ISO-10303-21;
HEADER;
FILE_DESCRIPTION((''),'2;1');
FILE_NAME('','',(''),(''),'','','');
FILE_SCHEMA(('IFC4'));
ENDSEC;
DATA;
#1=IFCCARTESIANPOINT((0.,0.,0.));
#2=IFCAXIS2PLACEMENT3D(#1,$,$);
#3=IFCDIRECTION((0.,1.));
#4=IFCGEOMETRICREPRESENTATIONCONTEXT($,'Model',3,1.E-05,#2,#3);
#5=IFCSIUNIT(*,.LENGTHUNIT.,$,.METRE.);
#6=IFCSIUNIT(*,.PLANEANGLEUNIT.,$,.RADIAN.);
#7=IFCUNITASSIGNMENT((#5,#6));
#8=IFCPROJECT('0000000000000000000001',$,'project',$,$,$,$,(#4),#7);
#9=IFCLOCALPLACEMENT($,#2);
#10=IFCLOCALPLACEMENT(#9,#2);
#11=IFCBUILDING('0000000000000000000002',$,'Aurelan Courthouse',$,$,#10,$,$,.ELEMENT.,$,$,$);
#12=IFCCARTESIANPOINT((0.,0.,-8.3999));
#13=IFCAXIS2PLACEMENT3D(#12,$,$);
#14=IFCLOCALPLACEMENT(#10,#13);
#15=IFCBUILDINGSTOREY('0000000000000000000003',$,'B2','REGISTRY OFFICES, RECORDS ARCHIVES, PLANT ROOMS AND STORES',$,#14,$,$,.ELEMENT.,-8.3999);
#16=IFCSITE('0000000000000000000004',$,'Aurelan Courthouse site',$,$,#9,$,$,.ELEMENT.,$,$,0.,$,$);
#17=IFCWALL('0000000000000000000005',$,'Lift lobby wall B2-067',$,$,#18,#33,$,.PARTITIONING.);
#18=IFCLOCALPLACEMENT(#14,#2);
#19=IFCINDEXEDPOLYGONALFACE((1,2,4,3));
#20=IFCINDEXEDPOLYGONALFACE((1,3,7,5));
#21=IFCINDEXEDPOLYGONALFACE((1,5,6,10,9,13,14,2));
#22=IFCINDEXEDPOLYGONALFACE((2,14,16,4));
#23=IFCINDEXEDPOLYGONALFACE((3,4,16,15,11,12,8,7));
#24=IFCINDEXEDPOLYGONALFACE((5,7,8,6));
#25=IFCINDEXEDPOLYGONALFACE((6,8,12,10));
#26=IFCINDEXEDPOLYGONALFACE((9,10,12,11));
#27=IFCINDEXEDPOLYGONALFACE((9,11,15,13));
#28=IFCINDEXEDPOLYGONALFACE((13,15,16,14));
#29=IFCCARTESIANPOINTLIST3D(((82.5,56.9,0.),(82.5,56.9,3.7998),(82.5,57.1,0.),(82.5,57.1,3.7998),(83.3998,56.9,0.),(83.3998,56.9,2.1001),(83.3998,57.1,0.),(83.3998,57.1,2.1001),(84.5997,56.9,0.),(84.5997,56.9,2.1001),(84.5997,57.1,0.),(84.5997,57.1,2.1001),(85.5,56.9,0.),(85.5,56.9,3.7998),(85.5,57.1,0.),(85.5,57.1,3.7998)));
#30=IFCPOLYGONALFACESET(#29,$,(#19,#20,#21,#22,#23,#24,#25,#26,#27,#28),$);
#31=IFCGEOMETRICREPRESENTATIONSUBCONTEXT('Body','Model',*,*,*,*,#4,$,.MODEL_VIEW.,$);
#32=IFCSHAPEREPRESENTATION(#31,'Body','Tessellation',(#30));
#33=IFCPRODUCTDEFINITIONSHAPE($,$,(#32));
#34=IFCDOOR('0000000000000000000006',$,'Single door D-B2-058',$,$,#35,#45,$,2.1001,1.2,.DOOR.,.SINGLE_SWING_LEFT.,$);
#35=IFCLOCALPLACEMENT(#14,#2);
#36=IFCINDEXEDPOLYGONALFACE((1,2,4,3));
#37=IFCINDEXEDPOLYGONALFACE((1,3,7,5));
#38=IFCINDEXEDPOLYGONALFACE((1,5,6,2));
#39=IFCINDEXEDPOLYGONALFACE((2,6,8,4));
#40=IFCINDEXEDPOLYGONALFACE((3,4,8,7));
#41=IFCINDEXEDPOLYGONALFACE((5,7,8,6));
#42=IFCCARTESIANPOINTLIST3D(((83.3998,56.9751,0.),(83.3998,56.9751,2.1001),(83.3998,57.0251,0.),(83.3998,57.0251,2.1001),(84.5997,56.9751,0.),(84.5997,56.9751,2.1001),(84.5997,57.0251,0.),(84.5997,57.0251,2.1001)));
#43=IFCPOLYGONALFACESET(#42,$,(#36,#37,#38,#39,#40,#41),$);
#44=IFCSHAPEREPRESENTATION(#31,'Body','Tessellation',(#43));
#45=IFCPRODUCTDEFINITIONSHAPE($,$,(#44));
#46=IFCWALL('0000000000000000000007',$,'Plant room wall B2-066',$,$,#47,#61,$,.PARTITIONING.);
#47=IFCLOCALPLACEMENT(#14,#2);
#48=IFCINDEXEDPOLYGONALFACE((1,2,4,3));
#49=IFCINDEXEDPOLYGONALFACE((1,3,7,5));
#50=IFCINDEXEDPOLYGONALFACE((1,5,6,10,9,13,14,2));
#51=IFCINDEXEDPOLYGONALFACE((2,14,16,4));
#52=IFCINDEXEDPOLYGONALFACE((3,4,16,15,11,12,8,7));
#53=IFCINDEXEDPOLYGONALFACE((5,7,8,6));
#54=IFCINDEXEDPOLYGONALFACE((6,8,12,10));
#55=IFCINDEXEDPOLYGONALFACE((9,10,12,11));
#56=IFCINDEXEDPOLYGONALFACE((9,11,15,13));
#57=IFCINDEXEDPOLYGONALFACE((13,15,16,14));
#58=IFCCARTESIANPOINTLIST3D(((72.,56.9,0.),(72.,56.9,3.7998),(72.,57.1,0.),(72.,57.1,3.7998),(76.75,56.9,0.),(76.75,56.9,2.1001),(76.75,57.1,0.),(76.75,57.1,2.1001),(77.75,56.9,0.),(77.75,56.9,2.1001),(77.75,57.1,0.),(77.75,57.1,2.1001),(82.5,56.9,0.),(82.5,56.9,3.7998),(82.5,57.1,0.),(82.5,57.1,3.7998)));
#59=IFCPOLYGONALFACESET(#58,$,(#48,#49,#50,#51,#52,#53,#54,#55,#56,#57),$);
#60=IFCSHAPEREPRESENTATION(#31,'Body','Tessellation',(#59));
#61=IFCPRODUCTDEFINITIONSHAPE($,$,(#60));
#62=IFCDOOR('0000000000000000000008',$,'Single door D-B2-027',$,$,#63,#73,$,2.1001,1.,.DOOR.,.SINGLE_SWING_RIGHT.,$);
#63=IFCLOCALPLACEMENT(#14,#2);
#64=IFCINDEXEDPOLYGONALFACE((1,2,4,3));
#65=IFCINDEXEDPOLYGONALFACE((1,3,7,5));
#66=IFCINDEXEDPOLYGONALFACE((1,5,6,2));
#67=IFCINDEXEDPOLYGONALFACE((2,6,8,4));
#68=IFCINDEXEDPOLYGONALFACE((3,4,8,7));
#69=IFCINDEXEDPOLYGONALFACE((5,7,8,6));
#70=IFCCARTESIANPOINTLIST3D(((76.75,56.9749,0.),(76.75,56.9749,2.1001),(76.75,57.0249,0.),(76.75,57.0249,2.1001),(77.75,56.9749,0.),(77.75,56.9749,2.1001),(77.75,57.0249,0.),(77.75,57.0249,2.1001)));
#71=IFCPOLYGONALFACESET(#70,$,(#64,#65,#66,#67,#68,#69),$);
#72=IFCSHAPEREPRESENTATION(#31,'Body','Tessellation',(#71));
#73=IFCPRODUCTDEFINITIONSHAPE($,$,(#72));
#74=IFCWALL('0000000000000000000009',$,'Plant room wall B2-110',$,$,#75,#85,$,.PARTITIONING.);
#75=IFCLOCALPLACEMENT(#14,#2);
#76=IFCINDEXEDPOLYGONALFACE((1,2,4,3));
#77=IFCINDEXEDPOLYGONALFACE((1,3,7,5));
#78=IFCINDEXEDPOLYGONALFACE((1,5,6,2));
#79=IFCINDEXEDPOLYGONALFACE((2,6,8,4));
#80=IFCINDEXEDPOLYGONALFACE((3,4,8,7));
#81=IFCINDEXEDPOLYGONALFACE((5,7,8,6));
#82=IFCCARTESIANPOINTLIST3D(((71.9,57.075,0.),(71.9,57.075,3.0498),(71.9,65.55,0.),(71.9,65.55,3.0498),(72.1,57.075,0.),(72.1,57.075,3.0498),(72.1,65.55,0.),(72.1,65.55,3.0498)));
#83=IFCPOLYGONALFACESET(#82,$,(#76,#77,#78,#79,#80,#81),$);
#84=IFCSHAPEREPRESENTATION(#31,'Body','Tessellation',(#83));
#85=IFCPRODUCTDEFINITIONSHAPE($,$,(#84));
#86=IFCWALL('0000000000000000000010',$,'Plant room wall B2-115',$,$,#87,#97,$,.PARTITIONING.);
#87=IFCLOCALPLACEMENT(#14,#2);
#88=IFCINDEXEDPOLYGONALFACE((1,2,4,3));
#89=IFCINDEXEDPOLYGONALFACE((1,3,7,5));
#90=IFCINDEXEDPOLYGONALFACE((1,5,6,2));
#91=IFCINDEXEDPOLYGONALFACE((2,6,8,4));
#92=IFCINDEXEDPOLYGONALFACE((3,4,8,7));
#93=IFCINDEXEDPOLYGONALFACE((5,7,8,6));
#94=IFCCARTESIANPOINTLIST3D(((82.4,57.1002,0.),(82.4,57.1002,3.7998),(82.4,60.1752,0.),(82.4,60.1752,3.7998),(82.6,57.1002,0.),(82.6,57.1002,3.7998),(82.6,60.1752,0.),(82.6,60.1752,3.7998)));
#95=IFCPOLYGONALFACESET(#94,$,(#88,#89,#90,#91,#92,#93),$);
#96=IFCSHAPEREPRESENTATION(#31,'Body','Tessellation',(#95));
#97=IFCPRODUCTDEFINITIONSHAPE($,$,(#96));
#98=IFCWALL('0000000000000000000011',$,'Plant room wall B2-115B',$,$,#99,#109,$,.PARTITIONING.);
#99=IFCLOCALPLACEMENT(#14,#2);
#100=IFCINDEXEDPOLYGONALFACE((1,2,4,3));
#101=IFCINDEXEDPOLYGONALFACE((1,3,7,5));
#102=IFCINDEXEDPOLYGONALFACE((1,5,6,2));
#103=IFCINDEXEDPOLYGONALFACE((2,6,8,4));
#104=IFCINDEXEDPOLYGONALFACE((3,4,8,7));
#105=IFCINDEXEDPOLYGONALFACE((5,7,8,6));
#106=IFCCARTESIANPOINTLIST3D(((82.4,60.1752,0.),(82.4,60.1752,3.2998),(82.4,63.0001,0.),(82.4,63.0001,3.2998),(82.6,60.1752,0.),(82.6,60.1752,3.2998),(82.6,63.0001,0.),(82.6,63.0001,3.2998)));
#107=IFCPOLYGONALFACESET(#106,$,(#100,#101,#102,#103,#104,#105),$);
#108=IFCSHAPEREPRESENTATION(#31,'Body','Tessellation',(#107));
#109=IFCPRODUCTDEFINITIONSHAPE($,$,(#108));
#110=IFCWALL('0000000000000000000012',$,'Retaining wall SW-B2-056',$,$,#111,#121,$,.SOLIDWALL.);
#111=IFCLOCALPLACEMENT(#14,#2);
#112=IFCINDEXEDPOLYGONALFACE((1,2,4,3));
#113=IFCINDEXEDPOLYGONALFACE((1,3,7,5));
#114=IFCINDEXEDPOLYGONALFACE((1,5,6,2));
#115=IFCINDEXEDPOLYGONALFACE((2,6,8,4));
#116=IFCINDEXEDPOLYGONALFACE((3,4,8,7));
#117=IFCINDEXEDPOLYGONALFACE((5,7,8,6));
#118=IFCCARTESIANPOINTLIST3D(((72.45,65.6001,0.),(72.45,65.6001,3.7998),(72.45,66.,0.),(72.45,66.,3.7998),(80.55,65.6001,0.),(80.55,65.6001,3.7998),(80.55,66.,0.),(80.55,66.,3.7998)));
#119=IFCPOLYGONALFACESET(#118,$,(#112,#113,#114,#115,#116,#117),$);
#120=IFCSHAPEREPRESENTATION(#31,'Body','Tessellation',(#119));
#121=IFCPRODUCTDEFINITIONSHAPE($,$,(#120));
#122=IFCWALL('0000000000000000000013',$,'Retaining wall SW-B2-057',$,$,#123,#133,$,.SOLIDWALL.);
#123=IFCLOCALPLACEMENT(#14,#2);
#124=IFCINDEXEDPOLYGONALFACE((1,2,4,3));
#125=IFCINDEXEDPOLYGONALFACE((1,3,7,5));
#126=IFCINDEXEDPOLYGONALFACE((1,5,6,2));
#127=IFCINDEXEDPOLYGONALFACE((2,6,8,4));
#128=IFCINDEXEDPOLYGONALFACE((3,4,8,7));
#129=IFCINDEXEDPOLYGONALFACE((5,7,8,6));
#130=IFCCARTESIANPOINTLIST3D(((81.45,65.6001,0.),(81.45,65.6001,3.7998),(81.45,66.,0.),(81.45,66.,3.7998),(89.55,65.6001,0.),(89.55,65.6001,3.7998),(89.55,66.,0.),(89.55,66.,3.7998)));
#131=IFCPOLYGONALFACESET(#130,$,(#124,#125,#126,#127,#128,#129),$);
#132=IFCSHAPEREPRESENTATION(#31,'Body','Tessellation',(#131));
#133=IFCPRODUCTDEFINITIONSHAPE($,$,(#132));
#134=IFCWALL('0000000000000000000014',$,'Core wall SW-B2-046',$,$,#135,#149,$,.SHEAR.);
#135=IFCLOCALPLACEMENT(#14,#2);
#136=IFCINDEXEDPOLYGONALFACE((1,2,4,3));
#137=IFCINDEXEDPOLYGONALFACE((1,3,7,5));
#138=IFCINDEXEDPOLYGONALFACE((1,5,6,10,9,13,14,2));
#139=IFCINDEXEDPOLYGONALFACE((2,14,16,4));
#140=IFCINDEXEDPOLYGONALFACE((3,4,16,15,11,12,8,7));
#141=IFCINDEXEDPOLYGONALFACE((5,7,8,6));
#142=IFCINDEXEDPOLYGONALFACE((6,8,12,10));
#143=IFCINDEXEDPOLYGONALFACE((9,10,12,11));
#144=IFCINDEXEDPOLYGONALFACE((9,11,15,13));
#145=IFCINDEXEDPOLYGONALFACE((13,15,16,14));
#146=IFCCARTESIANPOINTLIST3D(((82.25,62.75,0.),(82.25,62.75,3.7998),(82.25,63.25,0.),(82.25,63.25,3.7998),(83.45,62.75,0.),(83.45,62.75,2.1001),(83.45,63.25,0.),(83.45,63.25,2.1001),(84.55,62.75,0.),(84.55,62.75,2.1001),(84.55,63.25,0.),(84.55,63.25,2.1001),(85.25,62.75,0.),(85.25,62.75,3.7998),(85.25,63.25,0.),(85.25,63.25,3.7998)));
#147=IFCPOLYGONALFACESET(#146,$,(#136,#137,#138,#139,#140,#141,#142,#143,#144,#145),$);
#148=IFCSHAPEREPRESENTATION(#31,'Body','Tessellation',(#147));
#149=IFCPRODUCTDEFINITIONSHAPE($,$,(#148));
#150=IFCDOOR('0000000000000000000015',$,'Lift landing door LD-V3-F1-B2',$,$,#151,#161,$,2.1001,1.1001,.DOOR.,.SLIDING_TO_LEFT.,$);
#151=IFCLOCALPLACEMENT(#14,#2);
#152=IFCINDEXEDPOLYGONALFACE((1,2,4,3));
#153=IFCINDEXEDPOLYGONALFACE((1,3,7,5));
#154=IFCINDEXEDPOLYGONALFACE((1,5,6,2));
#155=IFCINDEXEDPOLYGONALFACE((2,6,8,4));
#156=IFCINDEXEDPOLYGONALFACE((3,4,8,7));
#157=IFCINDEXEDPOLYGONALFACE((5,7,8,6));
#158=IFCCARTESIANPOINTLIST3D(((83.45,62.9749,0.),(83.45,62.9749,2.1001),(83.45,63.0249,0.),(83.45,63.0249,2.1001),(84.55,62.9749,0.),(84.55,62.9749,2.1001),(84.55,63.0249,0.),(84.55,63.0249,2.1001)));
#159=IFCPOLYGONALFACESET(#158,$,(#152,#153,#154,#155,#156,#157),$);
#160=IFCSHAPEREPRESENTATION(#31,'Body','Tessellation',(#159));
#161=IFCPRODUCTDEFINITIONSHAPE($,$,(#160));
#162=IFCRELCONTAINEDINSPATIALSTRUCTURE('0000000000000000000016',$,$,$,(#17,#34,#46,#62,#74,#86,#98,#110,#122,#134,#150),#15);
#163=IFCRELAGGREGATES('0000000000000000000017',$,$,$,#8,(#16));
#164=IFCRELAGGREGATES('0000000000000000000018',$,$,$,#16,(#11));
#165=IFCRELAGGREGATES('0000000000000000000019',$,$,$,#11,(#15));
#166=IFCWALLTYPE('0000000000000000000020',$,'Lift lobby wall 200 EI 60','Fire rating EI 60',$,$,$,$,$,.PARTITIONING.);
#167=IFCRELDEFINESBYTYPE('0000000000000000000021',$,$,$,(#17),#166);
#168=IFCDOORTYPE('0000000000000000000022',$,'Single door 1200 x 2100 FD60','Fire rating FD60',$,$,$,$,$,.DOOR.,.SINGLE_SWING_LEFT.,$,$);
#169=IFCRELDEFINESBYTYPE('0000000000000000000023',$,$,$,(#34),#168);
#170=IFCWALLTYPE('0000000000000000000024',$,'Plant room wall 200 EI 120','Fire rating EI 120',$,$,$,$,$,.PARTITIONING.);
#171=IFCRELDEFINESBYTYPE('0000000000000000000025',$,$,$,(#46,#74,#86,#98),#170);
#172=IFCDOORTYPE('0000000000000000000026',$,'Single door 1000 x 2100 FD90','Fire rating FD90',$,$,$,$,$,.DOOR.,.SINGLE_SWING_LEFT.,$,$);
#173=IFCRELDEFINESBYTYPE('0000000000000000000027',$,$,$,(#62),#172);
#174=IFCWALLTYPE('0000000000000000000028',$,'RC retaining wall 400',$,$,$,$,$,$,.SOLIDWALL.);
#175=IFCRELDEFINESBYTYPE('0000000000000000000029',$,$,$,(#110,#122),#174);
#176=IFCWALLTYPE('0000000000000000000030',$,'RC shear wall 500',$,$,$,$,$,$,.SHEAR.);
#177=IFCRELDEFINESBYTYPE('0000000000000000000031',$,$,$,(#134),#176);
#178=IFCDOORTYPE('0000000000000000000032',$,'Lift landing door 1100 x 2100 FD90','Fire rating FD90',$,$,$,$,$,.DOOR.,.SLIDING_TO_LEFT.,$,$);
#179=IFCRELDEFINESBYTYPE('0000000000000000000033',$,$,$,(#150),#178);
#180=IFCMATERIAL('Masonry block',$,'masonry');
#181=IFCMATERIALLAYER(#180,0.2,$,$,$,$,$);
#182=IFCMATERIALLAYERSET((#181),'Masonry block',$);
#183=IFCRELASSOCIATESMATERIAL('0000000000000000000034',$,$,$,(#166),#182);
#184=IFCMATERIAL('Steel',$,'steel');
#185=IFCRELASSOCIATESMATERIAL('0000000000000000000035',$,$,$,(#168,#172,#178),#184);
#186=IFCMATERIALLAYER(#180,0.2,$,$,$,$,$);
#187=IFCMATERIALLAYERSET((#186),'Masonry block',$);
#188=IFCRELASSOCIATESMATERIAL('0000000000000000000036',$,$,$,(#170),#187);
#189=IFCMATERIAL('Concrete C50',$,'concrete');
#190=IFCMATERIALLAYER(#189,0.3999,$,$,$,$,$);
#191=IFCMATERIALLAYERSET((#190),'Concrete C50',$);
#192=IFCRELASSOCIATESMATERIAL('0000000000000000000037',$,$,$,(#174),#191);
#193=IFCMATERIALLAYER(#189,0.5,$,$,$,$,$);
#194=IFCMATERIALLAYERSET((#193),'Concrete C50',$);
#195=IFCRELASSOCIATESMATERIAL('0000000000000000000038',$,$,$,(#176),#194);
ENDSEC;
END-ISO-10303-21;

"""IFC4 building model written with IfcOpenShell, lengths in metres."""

from ifc_helpers import new_model, si_unit, direction, frame, frame_2d, origin, place, context, subcontext, project, spatial, rectangle, extrude, material, layer, layer_set, type_object, element, fill, save


model = new_model("IFC4")

# Units and contexts
model_context = context("Model", 3, precision=1e-05, world=origin(), true_north=direction((0.0, 1.0)))
body_context = subcontext(model_context, "Body", "Model", "MODEL_VIEW")
ifc_project = project(units=[si_unit("LENGTHUNIT", "METRE"), si_unit("PLANEANGLEUNIT", "RADIAN")], contexts=[model_context])

# Site, building, storey
site_placement = place(None, origin())
site = spatial("IfcSite", under=ifc_project, at=site_placement, Name="Aurelan Courthouse site", CompositionType="ELEMENT", RefElevation=0.0)
building_placement = place(site_placement, origin())
building = spatial("IfcBuilding", under=site, at=building_placement, Name="Aurelan Courthouse", CompositionType="ELEMENT")
storey_placement = place(building_placement, frame((0.0, 0.0, -8.3999)))
storey = spatial("IfcBuildingStorey", under=building, at=storey_placement, Name="B2", Description="REGISTRY OFFICES, RECORDS ARCHIVES, PLANT ROOMS AND STORES", CompositionType="ELEMENT", Elevation=-8.3999)

# Shared definitions
ifc_material_1 = material(Name="Concrete C50", Category="concrete")

# Walls, openings, doors
ifc_material_2 = material(Name="Masonry block", Category="masonry")
ifc_layer_1 = layer(ifc_material_2, 0.2)
ifc_layer_set_1 = layer_set([ifc_layer_1], Name="Masonry block")
wall_type_1 = type_object("IfcWallType", Name="Lift lobby wall 200 EI 60", Description="Fire rating EI 60", PredefinedType="PARTITIONING", material=ifc_layer_set_1)
wall_1_placement = place(storey_placement, frame((82.5, 57.0, 0.0), z_axis=(0.0, 0.0, 1.0), x_axis=(1.0, 0.0, 0.0)))
wall_1 = element("IfcWall", 1, at=wall_1_placement, inside=storey, type_object=wall_type_1, Name="Lift lobby wall B2-067", PredefinedType="PARTITIONING", context=body_context, shape_type="SweptSolid", body=[
    extrude(rectangle(XDim=3.0, YDim=0.2, at=frame_2d((1.5, 0.0))), origin(), (0.0, 0.0, 1.0), 3.7998),
])
opening_1_placement = place(wall_1_placement, frame((2.0999, 0.0, 0.0), z_axis=(0.0, 0.0, 1.0), x_axis=(-1.0, 0.0, 0.0)))
opening_1 = element("IfcOpeningElement", 2, at=opening_1_placement, cuts=wall_1, PredefinedType="OPENING", context=body_context, shape_type="SweptSolid", body=[
    extrude(rectangle(XDim=1.2, YDim=2.1001, at=frame_2d((0.6001, 1.05))), frame((0.0, 0.1099, 0.0), z_axis=(0.0, -1.0, 0.0), x_axis=(1.0, 0.0, 0.0)), (0.0, 0.0, 1.0), 0.22),
])
ifc_material_3 = material(Name="Steel", Category="steel")
door_type_1 = type_object("IfcDoorType", Name="Single door 1200 x 2100 FD60", Description="Fire rating FD60", OperationType="SINGLE_SWING_LEFT", PredefinedType="DOOR", material=ifc_material_3)
door_1_placement = place(opening_1_placement, origin())
door_1 = element("IfcDoor", 3, at=door_1_placement, inside=storey, type_object=door_type_1, Name="Single door D-B2-058", OperationType="SINGLE_SWING_LEFT", OverallHeight=2.1001, OverallWidth=1.2, PredefinedType="DOOR", context=body_context, shape_type="SweptSolid", body=[
    extrude(rectangle(XDim=1.2, YDim=2.1001, at=frame_2d((0.6001, 1.05))), frame((0.0, 0.0249, 0.0), z_axis=(0.0, -1.0, 0.0), x_axis=(1.0, 0.0, 0.0)), (0.0, 0.0, 1.0), 0.05),
])
fill(opening_1, door_1)
ifc_layer_2 = layer(ifc_material_2, 0.2)
ifc_layer_set_2 = layer_set([ifc_layer_2], Name="Masonry block")
wall_type_2 = type_object("IfcWallType", Name="Plant room wall 200 EI 120", Description="Fire rating EI 120", PredefinedType="PARTITIONING", material=ifc_layer_set_2)
wall_2_placement = place(storey_placement, frame((72.0, 57.0, 0.0), z_axis=(0.0, 0.0, 1.0), x_axis=(1.0, 0.0, 0.0)))
wall_2 = element("IfcWall", 4, at=wall_2_placement, inside=storey, type_object=wall_type_2, Name="Plant room wall B2-066", PredefinedType="PARTITIONING", context=body_context, shape_type="SweptSolid", body=[
    extrude(rectangle(XDim=10.5, YDim=0.2, at=frame_2d((5.25, 0.0))), origin(), (0.0, 0.0, 1.0), 3.7998),
])
opening_2_placement = place(wall_2_placement, frame((4.75, 0.0, 0.0)))
opening_2 = element("IfcOpeningElement", 5, at=opening_2_placement, cuts=wall_2, PredefinedType="OPENING", context=body_context, shape_type="SweptSolid", body=[
    extrude(rectangle(XDim=1.0, YDim=2.1001, at=frame_2d((0.5, 1.05))), frame((0.0, 0.1099, 0.0), z_axis=(0.0, -1.0, 0.0), x_axis=(1.0, 0.0, 0.0)), (0.0, 0.0, 1.0), 0.22),
])
door_type_2 = type_object("IfcDoorType", Name="Single door 1000 x 2100 FD90", Description="Fire rating FD90", OperationType="SINGLE_SWING_LEFT", PredefinedType="DOOR", material=ifc_material_3)
door_2_placement = place(opening_2_placement, origin())
door_2 = element("IfcDoor", 6, at=door_2_placement, inside=storey, type_object=door_type_2, Name="Single door D-B2-027", OperationType="SINGLE_SWING_RIGHT", OverallHeight=2.1001, OverallWidth=1.0, PredefinedType="DOOR", context=body_context, shape_type="SweptSolid", body=[
    extrude(rectangle(XDim=1.0, YDim=2.1001, at=frame_2d((0.5, 1.05))), frame((0.0, 0.0249, 0.0), z_axis=(0.0, -1.0, 0.0), x_axis=(1.0, 0.0, 0.0)), (0.0, 0.0, 1.0), 0.05),
])
fill(opening_2, door_2)

# Walls
wall_3_placement = place(storey_placement, frame((72.0, 57.075, 0.0), z_axis=(0.0, 0.0, 1.0), x_axis=(0.0, 1.0, 0.0)))
element("IfcWall", 7, at=wall_3_placement, inside=storey, type_object=wall_type_2, Name="Plant room wall B2-110", PredefinedType="PARTITIONING", context=body_context, shape_type="SweptSolid", body=[
    extrude(rectangle(XDim=8.4751, YDim=0.2, at=frame_2d((4.2375, 0.0))), origin(), (0.0, 0.0, 1.0), 3.0498),
])
wall_4_placement = place(storey_placement, frame((82.5, 57.1001, 0.0), z_axis=(0.0, 0.0, 1.0), x_axis=(0.0, 1.0, 0.0)))
element("IfcWall", 8, at=wall_4_placement, inside=storey, type_object=wall_type_2, Name="Plant room wall B2-115", PredefinedType="PARTITIONING", context=body_context, shape_type="SweptSolid", body=[
    extrude(rectangle(XDim=3.075, YDim=0.2, at=frame_2d((1.5376, 0.0))), origin(), (0.0, 0.0, 1.0), 3.7998),
])
wall_5_placement = place(storey_placement, frame((82.5, 60.175, 0.0), z_axis=(0.0, 0.0, 1.0), x_axis=(0.0, 1.0, 0.0)))
element("IfcWall", 9, at=wall_5_placement, inside=storey, type_object=wall_type_2, Name="Plant room wall B2-115B", PredefinedType="PARTITIONING", context=body_context, shape_type="SweptSolid", body=[
    extrude(rectangle(XDim=2.825, YDim=0.2, at=frame_2d((1.4126, 0.0))), origin(), (0.0, 0.0, 1.0), 3.2998),
])
ifc_layer_3 = layer(ifc_material_1, 0.3999)
ifc_layer_set_3 = layer_set([ifc_layer_3], Name="Concrete C50")
wall_type_3 = type_object("IfcWallType", Name="RC retaining wall 400", PredefinedType="SOLIDWALL", material=ifc_layer_set_3)
for number, where, z_axis, x_axis, name in (
    (10, (72.45, 65.8, 0.0), (0.0, 0.0, 1.0), (1.0, 0.0, 0.0), "Retaining wall SW-B2-056"),
    (11, (81.45, 65.8, 0.0), (0.0, 0.0, 1.0), (1.0, 0.0, 0.0), "Retaining wall SW-B2-057"),
):
    element("IfcWall", number, at=place(storey_placement, frame(where, z_axis=z_axis, x_axis=x_axis)), inside=storey, type_object=wall_type_3, Name=name, PredefinedType="SOLIDWALL", context=body_context, shape_type="SweptSolid", body=[
        extrude(rectangle(XDim=8.1001, YDim=0.3999, at=frame_2d((4.05, 0.0))), origin(), (0.0, 0.0, 1.0), 3.7998),
    ])

# Wall, opening, door
ifc_layer_4 = layer(ifc_material_1, 0.5)
ifc_layer_set_4 = layer_set([ifc_layer_4], Name="Concrete C50")
wall_type_4 = type_object("IfcWallType", Name="RC shear wall 500", PredefinedType="SHEAR", material=ifc_layer_set_4)
wall_6_placement = place(storey_placement, frame((82.25, 63.0, 0.0), z_axis=(0.0, 0.0, 1.0), x_axis=(1.0, 0.0, 0.0)))
wall_6 = element("IfcWall", 12, at=wall_6_placement, inside=storey, type_object=wall_type_4, Name="Core wall SW-B2-046", PredefinedType="SHEAR", context=body_context, shape_type="SweptSolid", body=[
    extrude(rectangle(XDim=3.0, YDim=0.5, at=frame_2d((1.5, 0.0))), origin(), (0.0, 0.0, 1.0), 3.7998),
])
opening_3_placement = place(wall_6_placement, frame((1.2, 0.0, 0.0)))
opening_3 = element("IfcOpeningElement", 13, at=opening_3_placement, cuts=wall_6, PredefinedType="OPENING", context=body_context, shape_type="SweptSolid", body=[
    extrude(rectangle(XDim=1.1001, YDim=2.1001, at=frame_2d((0.55, 1.05))), frame((0.0, 0.26, 0.0), z_axis=(0.0, -1.0, 0.0), x_axis=(1.0, 0.0, 0.0)), (0.0, 0.0, 1.0), 0.52),
])
door_type_3 = type_object("IfcDoorType", Name="Lift landing door 1100 x 2100 FD90", Description="Fire rating FD90", OperationType="SLIDING_TO_LEFT", PredefinedType="DOOR", material=ifc_material_3)
door_3_placement = place(opening_3_placement, origin())
door_3 = element("IfcDoor", 14, at=door_3_placement, inside=storey, type_object=door_type_3, Name="Lift landing door LD-V3-F1-B2", OperationType="SLIDING_TO_LEFT", OverallHeight=2.1001, OverallWidth=1.1001, PredefinedType="DOOR", context=body_context, shape_type="SweptSolid", body=[
    extrude(rectangle(XDim=1.1001, YDim=2.1001, at=frame_2d((0.55, 1.05))), frame((0.0, 0.0249, 0.0), z_axis=(0.0, -1.0, 0.0), x_axis=(1.0, 0.0, 0.0)), (0.0, 0.0, 1.0), 0.05),
])
fill(opening_3, door_3)

save(model, "model.ifc")
